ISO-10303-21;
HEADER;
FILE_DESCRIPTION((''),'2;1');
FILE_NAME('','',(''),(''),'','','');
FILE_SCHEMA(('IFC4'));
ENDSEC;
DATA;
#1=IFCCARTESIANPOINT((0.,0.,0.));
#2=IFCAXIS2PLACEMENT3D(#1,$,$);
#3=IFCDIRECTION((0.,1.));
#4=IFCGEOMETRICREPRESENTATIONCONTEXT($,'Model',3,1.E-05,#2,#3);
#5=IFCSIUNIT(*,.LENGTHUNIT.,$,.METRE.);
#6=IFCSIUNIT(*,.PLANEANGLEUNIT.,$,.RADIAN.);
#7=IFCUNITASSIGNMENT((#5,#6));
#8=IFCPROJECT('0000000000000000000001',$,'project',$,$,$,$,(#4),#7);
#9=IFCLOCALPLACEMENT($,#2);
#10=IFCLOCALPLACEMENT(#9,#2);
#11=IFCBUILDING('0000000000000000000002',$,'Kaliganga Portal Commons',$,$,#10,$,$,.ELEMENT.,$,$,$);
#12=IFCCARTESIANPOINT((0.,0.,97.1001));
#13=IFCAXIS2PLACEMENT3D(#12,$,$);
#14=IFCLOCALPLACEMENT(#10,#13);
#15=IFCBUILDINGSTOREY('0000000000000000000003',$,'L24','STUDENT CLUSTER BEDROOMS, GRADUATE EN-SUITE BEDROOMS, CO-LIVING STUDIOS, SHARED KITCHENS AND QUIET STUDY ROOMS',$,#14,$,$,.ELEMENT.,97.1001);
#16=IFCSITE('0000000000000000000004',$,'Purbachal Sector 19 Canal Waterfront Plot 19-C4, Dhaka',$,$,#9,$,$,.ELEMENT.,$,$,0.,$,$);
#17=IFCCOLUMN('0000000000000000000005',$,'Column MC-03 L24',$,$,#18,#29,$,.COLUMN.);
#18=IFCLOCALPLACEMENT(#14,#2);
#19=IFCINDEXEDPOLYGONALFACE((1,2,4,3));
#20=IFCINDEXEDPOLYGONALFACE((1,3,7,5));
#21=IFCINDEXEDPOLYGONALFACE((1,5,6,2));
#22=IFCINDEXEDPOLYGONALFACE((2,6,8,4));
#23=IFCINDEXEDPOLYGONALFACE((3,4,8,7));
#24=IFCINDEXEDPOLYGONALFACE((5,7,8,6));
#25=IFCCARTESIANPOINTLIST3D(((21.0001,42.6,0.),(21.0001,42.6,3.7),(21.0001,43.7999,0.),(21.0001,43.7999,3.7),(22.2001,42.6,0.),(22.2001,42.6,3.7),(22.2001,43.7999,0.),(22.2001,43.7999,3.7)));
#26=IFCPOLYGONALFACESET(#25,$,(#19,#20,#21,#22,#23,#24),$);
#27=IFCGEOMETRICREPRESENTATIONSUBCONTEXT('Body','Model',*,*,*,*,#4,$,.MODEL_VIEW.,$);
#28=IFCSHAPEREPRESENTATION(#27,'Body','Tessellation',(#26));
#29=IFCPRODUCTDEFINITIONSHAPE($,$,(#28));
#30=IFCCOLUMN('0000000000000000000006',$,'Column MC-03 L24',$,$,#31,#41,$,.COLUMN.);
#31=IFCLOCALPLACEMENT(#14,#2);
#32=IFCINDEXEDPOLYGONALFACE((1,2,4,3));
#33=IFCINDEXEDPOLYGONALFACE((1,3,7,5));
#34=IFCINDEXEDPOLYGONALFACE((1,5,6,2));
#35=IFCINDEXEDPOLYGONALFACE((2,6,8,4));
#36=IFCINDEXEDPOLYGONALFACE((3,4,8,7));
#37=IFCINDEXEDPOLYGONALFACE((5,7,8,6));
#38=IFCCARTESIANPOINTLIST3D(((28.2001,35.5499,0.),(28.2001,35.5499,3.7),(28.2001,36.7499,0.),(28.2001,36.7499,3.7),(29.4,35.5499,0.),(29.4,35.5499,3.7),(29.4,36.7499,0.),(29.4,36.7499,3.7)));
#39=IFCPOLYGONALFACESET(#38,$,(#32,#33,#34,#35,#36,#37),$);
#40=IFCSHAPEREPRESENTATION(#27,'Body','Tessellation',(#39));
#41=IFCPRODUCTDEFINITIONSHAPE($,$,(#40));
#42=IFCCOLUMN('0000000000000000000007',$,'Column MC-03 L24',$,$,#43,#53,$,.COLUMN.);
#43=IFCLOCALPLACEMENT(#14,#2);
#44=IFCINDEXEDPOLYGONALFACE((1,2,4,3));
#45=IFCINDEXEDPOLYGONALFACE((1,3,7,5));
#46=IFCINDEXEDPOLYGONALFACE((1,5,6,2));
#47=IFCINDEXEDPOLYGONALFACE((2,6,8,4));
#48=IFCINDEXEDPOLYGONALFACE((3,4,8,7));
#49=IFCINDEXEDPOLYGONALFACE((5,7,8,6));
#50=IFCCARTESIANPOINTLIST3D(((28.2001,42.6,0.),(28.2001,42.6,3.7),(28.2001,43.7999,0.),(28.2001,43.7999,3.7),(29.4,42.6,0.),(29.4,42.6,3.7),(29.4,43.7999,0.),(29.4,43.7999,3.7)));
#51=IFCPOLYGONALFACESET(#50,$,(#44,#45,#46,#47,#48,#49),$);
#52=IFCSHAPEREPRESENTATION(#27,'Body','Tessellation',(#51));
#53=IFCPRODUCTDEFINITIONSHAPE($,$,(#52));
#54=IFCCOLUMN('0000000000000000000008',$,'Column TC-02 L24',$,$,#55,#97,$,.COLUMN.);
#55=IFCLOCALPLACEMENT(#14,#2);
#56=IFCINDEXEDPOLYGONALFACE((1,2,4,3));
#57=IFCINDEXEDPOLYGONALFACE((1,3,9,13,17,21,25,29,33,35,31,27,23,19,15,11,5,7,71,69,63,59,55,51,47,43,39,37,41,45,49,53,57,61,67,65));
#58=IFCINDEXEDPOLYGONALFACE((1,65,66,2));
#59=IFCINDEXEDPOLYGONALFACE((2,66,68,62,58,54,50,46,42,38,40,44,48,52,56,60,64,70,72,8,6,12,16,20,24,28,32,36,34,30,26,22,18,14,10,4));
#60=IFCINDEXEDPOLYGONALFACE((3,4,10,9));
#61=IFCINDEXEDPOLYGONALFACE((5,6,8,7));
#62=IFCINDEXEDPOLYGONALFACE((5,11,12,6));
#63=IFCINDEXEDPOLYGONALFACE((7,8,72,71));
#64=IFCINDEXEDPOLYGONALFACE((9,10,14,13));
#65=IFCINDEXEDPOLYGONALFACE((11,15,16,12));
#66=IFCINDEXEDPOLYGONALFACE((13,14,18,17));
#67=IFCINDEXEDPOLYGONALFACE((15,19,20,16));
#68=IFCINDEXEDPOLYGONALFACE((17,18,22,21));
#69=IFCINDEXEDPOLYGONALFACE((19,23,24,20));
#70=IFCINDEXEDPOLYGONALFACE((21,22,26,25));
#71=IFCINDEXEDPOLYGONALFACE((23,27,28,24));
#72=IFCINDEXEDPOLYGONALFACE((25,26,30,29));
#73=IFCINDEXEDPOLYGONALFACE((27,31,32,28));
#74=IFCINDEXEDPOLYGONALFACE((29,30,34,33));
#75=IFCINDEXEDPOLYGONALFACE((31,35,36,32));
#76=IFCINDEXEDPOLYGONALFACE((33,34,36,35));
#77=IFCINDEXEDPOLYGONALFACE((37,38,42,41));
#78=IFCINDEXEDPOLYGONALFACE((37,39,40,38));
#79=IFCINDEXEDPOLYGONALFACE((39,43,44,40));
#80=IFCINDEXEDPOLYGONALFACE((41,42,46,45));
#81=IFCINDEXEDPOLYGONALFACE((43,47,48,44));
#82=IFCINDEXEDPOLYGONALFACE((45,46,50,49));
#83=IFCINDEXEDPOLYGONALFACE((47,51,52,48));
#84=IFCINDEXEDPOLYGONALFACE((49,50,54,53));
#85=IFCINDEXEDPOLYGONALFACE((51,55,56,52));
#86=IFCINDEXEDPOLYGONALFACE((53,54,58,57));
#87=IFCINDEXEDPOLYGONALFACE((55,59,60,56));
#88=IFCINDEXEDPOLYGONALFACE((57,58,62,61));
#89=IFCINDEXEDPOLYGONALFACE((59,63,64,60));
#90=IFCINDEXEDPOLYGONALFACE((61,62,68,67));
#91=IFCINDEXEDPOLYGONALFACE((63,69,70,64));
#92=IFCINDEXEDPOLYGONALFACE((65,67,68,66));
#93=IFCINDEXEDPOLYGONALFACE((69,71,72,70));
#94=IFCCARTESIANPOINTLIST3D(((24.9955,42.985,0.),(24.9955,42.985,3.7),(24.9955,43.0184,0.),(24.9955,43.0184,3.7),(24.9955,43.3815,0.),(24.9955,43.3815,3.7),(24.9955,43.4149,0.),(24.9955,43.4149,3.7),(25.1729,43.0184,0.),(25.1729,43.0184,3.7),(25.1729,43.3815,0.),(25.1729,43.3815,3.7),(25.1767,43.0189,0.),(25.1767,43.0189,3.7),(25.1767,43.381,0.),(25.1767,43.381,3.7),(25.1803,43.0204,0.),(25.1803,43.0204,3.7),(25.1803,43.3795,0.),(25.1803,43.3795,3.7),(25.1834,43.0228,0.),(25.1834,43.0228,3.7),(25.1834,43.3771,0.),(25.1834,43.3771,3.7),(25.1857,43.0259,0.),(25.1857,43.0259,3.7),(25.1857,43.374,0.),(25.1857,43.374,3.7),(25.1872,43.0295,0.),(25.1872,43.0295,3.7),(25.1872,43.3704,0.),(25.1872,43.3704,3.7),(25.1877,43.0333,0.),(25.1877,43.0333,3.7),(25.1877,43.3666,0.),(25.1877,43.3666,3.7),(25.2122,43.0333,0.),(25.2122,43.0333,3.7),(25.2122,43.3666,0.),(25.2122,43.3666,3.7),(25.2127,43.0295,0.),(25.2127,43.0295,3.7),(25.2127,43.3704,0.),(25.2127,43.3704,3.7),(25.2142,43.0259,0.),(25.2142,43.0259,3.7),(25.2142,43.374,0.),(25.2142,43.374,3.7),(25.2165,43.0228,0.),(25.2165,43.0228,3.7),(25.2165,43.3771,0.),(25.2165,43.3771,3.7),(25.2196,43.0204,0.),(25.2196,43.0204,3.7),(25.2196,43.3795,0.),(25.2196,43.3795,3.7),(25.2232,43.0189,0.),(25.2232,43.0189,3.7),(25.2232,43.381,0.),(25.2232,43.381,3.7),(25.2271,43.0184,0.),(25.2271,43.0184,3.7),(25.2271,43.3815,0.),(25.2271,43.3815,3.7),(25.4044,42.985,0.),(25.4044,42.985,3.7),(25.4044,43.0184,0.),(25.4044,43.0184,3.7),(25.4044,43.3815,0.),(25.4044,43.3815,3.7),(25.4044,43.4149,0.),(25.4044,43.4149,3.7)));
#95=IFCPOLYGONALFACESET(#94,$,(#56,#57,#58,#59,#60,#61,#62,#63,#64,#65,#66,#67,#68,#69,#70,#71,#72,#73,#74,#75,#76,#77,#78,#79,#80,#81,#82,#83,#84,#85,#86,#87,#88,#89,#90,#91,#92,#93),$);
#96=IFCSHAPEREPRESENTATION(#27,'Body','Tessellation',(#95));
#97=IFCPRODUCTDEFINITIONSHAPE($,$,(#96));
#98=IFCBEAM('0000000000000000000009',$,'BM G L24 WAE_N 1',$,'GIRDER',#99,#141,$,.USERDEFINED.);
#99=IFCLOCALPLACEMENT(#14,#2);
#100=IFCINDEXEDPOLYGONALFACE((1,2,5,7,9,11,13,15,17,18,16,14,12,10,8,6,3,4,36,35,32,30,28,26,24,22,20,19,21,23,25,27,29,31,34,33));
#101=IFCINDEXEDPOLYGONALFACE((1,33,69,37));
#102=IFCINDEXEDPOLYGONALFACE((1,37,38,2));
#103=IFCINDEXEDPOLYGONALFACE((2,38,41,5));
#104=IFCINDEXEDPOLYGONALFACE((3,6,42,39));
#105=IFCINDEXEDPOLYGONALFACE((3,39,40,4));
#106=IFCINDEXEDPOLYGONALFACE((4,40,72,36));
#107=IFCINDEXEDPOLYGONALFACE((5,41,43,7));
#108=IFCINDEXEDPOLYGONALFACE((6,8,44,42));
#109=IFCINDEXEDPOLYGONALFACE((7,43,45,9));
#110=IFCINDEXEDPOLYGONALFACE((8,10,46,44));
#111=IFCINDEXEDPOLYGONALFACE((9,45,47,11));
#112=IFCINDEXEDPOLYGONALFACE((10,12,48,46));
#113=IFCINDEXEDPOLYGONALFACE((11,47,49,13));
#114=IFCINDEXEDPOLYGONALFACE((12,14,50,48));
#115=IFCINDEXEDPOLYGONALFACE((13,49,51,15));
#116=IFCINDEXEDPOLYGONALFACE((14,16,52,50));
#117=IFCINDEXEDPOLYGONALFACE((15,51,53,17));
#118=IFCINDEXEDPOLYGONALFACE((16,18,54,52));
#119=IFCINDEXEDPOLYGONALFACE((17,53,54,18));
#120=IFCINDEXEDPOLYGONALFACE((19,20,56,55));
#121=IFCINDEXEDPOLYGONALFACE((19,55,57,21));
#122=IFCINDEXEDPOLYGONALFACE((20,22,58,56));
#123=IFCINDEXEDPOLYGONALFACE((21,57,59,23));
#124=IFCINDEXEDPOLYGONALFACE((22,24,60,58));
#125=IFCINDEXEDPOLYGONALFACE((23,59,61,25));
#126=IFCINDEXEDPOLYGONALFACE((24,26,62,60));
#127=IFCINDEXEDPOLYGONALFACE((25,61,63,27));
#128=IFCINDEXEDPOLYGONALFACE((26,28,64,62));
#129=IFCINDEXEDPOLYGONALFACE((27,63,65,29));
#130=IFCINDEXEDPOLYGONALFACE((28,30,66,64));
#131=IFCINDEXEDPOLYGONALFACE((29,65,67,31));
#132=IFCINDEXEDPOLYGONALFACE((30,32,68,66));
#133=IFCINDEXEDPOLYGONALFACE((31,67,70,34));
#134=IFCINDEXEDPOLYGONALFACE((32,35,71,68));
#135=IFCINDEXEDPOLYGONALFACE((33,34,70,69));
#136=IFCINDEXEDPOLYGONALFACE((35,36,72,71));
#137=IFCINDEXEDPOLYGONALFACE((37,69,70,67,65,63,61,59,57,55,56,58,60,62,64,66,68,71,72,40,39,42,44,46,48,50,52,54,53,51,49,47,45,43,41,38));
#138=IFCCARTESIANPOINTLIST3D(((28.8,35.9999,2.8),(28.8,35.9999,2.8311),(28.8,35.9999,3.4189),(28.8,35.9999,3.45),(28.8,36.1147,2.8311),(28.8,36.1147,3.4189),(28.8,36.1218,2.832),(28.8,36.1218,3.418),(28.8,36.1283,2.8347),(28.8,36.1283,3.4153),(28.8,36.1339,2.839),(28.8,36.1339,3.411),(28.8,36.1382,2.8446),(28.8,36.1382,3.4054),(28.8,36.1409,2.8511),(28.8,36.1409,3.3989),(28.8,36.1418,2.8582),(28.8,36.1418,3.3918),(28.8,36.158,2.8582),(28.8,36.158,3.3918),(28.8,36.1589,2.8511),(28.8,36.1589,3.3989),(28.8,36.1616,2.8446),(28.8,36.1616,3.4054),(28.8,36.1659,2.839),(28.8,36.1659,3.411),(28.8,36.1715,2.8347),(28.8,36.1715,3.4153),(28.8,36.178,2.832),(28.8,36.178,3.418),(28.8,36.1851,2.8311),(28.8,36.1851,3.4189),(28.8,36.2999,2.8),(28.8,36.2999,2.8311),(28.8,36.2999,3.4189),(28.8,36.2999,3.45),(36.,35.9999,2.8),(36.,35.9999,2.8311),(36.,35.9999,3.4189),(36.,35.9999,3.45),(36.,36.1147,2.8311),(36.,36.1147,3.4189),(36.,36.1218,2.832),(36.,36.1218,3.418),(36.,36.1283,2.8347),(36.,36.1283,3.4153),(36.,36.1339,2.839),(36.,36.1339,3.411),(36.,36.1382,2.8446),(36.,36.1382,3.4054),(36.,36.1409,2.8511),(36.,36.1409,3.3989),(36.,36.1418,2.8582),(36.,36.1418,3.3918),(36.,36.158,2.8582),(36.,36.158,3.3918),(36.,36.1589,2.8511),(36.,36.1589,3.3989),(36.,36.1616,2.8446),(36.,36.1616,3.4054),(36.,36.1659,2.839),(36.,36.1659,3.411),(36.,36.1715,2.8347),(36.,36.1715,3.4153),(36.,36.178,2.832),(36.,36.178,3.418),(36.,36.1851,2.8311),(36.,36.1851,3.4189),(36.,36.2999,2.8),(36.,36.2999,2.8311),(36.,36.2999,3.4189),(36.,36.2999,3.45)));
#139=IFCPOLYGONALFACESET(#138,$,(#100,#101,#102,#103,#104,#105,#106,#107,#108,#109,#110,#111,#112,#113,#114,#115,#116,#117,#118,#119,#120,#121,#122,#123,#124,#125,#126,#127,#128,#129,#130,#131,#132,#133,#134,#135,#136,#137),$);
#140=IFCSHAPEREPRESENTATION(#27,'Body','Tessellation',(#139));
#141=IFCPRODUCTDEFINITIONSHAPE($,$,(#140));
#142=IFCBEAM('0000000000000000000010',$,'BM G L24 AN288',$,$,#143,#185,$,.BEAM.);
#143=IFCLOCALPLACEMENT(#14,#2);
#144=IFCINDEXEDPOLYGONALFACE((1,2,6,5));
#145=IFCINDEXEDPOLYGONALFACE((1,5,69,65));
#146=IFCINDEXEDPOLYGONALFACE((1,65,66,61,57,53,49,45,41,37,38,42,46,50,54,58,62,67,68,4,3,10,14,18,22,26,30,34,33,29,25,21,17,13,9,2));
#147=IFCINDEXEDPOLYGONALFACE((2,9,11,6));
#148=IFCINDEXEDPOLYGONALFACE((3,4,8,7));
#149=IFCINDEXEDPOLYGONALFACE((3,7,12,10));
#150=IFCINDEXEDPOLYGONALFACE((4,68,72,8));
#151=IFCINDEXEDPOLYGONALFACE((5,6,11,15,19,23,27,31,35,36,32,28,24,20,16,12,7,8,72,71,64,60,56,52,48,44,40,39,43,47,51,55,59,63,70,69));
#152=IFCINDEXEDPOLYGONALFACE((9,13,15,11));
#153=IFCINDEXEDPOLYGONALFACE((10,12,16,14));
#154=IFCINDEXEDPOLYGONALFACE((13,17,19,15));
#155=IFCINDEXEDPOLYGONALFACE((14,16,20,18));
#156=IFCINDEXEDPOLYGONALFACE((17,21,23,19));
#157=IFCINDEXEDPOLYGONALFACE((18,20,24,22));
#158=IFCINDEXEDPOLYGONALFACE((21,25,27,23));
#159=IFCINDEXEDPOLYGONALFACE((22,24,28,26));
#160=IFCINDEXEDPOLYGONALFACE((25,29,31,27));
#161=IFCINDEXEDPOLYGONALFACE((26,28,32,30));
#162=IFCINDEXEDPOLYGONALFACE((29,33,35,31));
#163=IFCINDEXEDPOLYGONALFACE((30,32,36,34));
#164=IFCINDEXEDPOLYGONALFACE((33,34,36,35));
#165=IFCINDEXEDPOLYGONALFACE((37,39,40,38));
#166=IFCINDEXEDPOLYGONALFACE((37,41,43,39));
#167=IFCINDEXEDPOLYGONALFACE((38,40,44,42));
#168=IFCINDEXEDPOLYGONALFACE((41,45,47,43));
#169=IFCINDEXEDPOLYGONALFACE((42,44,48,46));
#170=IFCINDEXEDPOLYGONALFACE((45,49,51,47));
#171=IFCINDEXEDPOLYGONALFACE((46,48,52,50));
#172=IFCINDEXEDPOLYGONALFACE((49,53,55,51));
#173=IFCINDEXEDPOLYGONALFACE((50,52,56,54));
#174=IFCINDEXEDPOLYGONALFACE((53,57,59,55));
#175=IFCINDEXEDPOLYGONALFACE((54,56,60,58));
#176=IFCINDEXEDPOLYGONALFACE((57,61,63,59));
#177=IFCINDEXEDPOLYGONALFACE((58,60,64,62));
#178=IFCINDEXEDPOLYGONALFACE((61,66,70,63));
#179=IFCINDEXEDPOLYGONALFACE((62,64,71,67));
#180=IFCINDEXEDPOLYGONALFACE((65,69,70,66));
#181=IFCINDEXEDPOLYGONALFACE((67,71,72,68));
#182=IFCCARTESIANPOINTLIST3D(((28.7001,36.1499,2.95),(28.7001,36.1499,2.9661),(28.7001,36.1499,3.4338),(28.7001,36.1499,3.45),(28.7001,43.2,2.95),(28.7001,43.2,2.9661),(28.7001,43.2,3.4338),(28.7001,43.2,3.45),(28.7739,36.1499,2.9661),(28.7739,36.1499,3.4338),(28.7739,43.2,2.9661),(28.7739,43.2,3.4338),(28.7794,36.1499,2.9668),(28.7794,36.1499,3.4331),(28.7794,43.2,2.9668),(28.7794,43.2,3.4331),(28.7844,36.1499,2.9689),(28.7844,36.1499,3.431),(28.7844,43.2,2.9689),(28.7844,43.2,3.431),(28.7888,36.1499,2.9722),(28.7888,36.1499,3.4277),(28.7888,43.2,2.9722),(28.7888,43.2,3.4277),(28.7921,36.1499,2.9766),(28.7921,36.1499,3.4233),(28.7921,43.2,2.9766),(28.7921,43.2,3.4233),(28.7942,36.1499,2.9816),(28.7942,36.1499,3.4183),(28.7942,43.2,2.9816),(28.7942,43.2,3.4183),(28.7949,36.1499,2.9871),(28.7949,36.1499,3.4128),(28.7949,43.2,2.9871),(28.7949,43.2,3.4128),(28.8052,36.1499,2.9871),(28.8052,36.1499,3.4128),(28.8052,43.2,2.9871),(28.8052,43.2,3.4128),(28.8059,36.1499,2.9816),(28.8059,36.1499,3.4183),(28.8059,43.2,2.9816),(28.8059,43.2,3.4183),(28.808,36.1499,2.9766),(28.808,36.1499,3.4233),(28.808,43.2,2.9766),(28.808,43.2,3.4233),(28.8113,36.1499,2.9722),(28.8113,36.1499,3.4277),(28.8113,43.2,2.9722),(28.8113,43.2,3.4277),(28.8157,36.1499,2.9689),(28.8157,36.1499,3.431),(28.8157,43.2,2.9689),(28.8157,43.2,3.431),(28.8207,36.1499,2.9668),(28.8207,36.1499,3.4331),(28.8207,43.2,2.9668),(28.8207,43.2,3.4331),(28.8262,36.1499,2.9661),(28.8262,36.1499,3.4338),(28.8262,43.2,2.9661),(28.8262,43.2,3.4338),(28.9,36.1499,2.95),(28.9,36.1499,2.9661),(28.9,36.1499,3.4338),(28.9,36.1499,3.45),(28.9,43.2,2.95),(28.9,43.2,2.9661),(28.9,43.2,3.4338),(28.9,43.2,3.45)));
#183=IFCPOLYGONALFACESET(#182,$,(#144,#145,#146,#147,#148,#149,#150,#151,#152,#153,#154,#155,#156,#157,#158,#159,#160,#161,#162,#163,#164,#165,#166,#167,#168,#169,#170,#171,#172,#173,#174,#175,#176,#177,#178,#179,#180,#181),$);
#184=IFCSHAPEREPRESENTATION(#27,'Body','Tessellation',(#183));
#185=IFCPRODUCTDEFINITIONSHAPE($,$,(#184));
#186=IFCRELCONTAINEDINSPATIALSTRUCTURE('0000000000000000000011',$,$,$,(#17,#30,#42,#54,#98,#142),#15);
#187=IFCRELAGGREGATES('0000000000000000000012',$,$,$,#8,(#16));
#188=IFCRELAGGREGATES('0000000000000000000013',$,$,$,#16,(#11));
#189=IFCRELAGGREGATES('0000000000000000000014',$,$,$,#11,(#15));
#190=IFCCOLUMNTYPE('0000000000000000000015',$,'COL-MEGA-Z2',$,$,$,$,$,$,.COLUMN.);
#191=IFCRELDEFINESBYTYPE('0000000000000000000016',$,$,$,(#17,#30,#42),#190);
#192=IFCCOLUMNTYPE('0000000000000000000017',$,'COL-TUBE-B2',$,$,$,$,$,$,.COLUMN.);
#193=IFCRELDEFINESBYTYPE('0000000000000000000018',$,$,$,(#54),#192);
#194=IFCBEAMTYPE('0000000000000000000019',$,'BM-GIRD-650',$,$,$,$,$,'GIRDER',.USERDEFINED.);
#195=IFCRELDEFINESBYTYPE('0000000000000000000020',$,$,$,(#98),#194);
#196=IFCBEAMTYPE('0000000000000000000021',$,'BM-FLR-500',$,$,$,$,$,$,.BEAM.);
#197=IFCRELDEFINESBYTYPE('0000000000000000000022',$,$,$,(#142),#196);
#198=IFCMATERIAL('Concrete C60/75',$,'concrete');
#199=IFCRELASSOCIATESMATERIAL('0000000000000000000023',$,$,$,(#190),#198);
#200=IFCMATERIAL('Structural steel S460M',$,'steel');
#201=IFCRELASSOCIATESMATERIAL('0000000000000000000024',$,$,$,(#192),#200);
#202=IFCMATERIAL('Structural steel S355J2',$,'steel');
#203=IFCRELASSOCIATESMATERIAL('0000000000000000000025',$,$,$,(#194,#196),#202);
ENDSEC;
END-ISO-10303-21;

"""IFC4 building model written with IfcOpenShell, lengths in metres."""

from ifc_helpers import new_model, si_unit, direction, frame, origin, origin_2d, place, context, subcontext, project, spatial, rectangle, i_section, extrude, source, transform, mapped, material, material_profile, profile_set, type_object, element, save


model = new_model("IFC4")

# Units and contexts
model_context = context("Model", 3, precision=1e-05, world=origin(), true_north=direction((0.0, 1.0)))
body_context = subcontext(model_context, "Body", "Model", "MODEL_VIEW")
ifc_project = project(units=[si_unit("LENGTHUNIT", "METRE"), si_unit("PLANEANGLEUNIT", "RADIAN")], contexts=[model_context])

# Site, building, storey
site_placement = place(None, origin())
site = spatial("IfcSite", under=ifc_project, at=site_placement, Name="Purbachal Sector 19 Canal Waterfront Plot 19-C4, Dhaka", CompositionType="ELEMENT", RefElevation=0.0)
building_placement = place(site_placement, origin())
building = spatial("IfcBuilding", under=site, at=building_placement, Name="Kaliganga Portal Commons", CompositionType="ELEMENT")
storey_placement = place(building_placement, frame((0.0, 0.0, 97.1001)))
storey = spatial("IfcBuildingStorey", under=building, at=storey_placement, Name="L24", Description="STUDENT CLUSTER BEDROOMS, GRADUATE EN-SUITE BEDROOMS, CO-LIVING STUDIOS, SHARED KITCHENS AND QUIET STUDY ROOMS", CompositionType="ELEMENT", Elevation=97.1001)

# Columns
ifc_material_1 = material(Name="Concrete C60/75", Category="concrete")
ifc_material_profile_1 = material_profile(ifc_material_1, rectangle(XDim=1.2, YDim=1.2, at=origin_2d()), Name="RC 1200x1200")
ifc_profile_set_1 = profile_set([ifc_material_profile_1], Name="Concrete C60/75")
column_type_1 = type_object("IfcColumnType", Name="COL-MEGA-Z2", PredefinedType="COLUMN", material=ifc_profile_set_1)
shared_shape_1 = source(origin(), body_context, "Body", "SweptSolid", [
    extrude(rectangle(XDim=1.2, YDim=1.2, at=origin_2d()), origin(), (0.0, 0.0, 1.0), 3.7),
])
for number, where, z_axis, x_axis, name in (
    (1, (21.6001, 43.2, 0.0), (0.0, 0.0, 1.0), (1.0, 0.0, 0.0), "Column MC-03 L24"),
    (2, (28.8, 36.1499, 0.0), (0.0, 0.0, 1.0), (1.0, 0.0, 0.0), "Column MC-03 L24"),
    (3, (28.8, 43.2, 0.0), (0.0, 0.0, 1.0), (1.0, 0.0, 0.0), "Column MC-03 L24"),
):
    element("IfcColumn", number, at=place(storey_placement, frame(where, z_axis=z_axis, x_axis=x_axis)), inside=storey, type_object=column_type_1, Name=name, PredefinedType="COLUMN", context=body_context, shape_type="MappedRepresentation", body=[
        mapped(shared_shape_1, transform((0.0, 0.0, 0.0), x_axis=(1.0, 0.0, 0.0), y_axis=(0.0, 1.0, 0.0), z_axis=(0.0, 0.0, 1.0), scale=1.0)),
    ])
ifc_material_2 = material(Name="Structural steel S460M", Category="steel")
ifc_material_profile_2 = material_profile(ifc_material_2, i_section(OverallWidth=0.4089, OverallDepth=0.4299, WebThickness=0.0244, FlangeThickness=0.0334, FilletRadius=0.0149, at=origin_2d()), Name="HD 400x421")
ifc_profile_set_2 = profile_set([ifc_material_profile_2], Name="Structural steel S460M wide-flange")
column_type_2 = type_object("IfcColumnType", Name="COL-TUBE-B2", PredefinedType="COLUMN", material=ifc_profile_set_2)
shared_shape_2 = source(origin(), body_context, "Body", "SweptSolid", [
    extrude(i_section(OverallWidth=0.4089, OverallDepth=0.4299, WebThickness=0.0244, FlangeThickness=0.0334, FilletRadius=0.0149, at=origin_2d()), origin(), (0.0, 0.0, 1.0), 3.7),
])
column_placement = place(storey_placement, frame((25.2, 43.2, 0.0), z_axis=(0.0, 0.0, 1.0), x_axis=(1.0, 0.0, 0.0)))
element("IfcColumn", 4, at=column_placement, inside=storey, type_object=column_type_2, Name="Column TC-02 L24", PredefinedType="COLUMN", context=body_context, shape_type="MappedRepresentation", body=[
    mapped(shared_shape_2, transform((0.0, 0.0, 0.0), x_axis=(1.0, 0.0, 0.0), y_axis=(0.0, 1.0, 0.0), z_axis=(0.0, 0.0, 1.0), scale=1.0)),
])

# Beams
ifc_material_3 = material(Name="Structural steel S355J2", Category="steel")
ifc_material_profile_3 = material_profile(ifc_material_3, i_section(OverallWidth=0.3, OverallDepth=0.6499, WebThickness=0.0161, FlangeThickness=0.031, FilletRadius=0.0271, at=origin_2d()), Name="HE 650 B")
ifc_profile_set_3 = profile_set([ifc_material_profile_3], Name="Structural steel S355J2 wide-flange")
beam_type_1 = type_object("IfcBeamType", Name="BM-GIRD-650", ElementType="GIRDER", PredefinedType="USERDEFINED", material=ifc_profile_set_3)
shared_shape_3 = source(origin(), body_context, "Body", "SweptSolid", [
    extrude(i_section(OverallWidth=0.3, OverallDepth=0.6499, WebThickness=0.0161, FlangeThickness=0.031, FilletRadius=0.0271, at=origin_2d()), origin(), (0.0, 0.0, 1.0), 7.2),
])
beam_1_placement = place(storey_placement, frame((28.8, 36.1499, 3.125), z_axis=(1.0, 0.0, 0.0), x_axis=(0.0, 1.0, 0.0)))
element("IfcBeam", 5, at=beam_1_placement, inside=storey, type_object=beam_type_1, Name="BM G L24 WAE_N 1", ObjectType="GIRDER", PredefinedType="USERDEFINED", context=body_context, shape_type="MappedRepresentation", body=[
    mapped(shared_shape_3, transform((0.0, 0.0, 0.0), x_axis=(1.0, 0.0, 0.0), y_axis=(0.0, 1.0, 0.0), z_axis=(0.0, 0.0, 1.0), scale=1.0)),
])
ifc_material_profile_4 = material_profile(ifc_material_3, i_section(OverallWidth=0.2, OverallDepth=0.5, WebThickness=0.0103, FlangeThickness=0.0161, FilletRadius=0.021, at=origin_2d()), Name="IPE 500")
ifc_profile_set_4 = profile_set([ifc_material_profile_4], Name="Structural steel S355J2 wide-flange")
beam_type_2 = type_object("IfcBeamType", Name="BM-FLR-500", PredefinedType="BEAM", material=ifc_profile_set_4)
shared_shape_4 = source(origin(), body_context, "Body", "SweptSolid", [
    extrude(i_section(OverallWidth=0.2, OverallDepth=0.5, WebThickness=0.0103, FlangeThickness=0.0161, FilletRadius=0.021, at=origin_2d()), origin(), (0.0, 0.0, 1.0), 7.05),
])
beam_2_placement = place(storey_placement, frame((28.8, 36.1499, 3.2), z_axis=(0.0, 1.0, 0.0), x_axis=(-1.0, 0.0, 0.0)))
element("IfcBeam", 6, at=beam_2_placement, inside=storey, type_object=beam_type_2, Name="BM G L24 AN288", PredefinedType="BEAM", context=body_context, shape_type="MappedRepresentation", body=[
    mapped(shared_shape_4, transform((0.0, 0.0, 0.0), x_axis=(1.0, 0.0, 0.0), y_axis=(0.0, 1.0, 0.0), z_axis=(0.0, 0.0, 1.0), scale=1.0)),
])

save(model, "model.ifc")
